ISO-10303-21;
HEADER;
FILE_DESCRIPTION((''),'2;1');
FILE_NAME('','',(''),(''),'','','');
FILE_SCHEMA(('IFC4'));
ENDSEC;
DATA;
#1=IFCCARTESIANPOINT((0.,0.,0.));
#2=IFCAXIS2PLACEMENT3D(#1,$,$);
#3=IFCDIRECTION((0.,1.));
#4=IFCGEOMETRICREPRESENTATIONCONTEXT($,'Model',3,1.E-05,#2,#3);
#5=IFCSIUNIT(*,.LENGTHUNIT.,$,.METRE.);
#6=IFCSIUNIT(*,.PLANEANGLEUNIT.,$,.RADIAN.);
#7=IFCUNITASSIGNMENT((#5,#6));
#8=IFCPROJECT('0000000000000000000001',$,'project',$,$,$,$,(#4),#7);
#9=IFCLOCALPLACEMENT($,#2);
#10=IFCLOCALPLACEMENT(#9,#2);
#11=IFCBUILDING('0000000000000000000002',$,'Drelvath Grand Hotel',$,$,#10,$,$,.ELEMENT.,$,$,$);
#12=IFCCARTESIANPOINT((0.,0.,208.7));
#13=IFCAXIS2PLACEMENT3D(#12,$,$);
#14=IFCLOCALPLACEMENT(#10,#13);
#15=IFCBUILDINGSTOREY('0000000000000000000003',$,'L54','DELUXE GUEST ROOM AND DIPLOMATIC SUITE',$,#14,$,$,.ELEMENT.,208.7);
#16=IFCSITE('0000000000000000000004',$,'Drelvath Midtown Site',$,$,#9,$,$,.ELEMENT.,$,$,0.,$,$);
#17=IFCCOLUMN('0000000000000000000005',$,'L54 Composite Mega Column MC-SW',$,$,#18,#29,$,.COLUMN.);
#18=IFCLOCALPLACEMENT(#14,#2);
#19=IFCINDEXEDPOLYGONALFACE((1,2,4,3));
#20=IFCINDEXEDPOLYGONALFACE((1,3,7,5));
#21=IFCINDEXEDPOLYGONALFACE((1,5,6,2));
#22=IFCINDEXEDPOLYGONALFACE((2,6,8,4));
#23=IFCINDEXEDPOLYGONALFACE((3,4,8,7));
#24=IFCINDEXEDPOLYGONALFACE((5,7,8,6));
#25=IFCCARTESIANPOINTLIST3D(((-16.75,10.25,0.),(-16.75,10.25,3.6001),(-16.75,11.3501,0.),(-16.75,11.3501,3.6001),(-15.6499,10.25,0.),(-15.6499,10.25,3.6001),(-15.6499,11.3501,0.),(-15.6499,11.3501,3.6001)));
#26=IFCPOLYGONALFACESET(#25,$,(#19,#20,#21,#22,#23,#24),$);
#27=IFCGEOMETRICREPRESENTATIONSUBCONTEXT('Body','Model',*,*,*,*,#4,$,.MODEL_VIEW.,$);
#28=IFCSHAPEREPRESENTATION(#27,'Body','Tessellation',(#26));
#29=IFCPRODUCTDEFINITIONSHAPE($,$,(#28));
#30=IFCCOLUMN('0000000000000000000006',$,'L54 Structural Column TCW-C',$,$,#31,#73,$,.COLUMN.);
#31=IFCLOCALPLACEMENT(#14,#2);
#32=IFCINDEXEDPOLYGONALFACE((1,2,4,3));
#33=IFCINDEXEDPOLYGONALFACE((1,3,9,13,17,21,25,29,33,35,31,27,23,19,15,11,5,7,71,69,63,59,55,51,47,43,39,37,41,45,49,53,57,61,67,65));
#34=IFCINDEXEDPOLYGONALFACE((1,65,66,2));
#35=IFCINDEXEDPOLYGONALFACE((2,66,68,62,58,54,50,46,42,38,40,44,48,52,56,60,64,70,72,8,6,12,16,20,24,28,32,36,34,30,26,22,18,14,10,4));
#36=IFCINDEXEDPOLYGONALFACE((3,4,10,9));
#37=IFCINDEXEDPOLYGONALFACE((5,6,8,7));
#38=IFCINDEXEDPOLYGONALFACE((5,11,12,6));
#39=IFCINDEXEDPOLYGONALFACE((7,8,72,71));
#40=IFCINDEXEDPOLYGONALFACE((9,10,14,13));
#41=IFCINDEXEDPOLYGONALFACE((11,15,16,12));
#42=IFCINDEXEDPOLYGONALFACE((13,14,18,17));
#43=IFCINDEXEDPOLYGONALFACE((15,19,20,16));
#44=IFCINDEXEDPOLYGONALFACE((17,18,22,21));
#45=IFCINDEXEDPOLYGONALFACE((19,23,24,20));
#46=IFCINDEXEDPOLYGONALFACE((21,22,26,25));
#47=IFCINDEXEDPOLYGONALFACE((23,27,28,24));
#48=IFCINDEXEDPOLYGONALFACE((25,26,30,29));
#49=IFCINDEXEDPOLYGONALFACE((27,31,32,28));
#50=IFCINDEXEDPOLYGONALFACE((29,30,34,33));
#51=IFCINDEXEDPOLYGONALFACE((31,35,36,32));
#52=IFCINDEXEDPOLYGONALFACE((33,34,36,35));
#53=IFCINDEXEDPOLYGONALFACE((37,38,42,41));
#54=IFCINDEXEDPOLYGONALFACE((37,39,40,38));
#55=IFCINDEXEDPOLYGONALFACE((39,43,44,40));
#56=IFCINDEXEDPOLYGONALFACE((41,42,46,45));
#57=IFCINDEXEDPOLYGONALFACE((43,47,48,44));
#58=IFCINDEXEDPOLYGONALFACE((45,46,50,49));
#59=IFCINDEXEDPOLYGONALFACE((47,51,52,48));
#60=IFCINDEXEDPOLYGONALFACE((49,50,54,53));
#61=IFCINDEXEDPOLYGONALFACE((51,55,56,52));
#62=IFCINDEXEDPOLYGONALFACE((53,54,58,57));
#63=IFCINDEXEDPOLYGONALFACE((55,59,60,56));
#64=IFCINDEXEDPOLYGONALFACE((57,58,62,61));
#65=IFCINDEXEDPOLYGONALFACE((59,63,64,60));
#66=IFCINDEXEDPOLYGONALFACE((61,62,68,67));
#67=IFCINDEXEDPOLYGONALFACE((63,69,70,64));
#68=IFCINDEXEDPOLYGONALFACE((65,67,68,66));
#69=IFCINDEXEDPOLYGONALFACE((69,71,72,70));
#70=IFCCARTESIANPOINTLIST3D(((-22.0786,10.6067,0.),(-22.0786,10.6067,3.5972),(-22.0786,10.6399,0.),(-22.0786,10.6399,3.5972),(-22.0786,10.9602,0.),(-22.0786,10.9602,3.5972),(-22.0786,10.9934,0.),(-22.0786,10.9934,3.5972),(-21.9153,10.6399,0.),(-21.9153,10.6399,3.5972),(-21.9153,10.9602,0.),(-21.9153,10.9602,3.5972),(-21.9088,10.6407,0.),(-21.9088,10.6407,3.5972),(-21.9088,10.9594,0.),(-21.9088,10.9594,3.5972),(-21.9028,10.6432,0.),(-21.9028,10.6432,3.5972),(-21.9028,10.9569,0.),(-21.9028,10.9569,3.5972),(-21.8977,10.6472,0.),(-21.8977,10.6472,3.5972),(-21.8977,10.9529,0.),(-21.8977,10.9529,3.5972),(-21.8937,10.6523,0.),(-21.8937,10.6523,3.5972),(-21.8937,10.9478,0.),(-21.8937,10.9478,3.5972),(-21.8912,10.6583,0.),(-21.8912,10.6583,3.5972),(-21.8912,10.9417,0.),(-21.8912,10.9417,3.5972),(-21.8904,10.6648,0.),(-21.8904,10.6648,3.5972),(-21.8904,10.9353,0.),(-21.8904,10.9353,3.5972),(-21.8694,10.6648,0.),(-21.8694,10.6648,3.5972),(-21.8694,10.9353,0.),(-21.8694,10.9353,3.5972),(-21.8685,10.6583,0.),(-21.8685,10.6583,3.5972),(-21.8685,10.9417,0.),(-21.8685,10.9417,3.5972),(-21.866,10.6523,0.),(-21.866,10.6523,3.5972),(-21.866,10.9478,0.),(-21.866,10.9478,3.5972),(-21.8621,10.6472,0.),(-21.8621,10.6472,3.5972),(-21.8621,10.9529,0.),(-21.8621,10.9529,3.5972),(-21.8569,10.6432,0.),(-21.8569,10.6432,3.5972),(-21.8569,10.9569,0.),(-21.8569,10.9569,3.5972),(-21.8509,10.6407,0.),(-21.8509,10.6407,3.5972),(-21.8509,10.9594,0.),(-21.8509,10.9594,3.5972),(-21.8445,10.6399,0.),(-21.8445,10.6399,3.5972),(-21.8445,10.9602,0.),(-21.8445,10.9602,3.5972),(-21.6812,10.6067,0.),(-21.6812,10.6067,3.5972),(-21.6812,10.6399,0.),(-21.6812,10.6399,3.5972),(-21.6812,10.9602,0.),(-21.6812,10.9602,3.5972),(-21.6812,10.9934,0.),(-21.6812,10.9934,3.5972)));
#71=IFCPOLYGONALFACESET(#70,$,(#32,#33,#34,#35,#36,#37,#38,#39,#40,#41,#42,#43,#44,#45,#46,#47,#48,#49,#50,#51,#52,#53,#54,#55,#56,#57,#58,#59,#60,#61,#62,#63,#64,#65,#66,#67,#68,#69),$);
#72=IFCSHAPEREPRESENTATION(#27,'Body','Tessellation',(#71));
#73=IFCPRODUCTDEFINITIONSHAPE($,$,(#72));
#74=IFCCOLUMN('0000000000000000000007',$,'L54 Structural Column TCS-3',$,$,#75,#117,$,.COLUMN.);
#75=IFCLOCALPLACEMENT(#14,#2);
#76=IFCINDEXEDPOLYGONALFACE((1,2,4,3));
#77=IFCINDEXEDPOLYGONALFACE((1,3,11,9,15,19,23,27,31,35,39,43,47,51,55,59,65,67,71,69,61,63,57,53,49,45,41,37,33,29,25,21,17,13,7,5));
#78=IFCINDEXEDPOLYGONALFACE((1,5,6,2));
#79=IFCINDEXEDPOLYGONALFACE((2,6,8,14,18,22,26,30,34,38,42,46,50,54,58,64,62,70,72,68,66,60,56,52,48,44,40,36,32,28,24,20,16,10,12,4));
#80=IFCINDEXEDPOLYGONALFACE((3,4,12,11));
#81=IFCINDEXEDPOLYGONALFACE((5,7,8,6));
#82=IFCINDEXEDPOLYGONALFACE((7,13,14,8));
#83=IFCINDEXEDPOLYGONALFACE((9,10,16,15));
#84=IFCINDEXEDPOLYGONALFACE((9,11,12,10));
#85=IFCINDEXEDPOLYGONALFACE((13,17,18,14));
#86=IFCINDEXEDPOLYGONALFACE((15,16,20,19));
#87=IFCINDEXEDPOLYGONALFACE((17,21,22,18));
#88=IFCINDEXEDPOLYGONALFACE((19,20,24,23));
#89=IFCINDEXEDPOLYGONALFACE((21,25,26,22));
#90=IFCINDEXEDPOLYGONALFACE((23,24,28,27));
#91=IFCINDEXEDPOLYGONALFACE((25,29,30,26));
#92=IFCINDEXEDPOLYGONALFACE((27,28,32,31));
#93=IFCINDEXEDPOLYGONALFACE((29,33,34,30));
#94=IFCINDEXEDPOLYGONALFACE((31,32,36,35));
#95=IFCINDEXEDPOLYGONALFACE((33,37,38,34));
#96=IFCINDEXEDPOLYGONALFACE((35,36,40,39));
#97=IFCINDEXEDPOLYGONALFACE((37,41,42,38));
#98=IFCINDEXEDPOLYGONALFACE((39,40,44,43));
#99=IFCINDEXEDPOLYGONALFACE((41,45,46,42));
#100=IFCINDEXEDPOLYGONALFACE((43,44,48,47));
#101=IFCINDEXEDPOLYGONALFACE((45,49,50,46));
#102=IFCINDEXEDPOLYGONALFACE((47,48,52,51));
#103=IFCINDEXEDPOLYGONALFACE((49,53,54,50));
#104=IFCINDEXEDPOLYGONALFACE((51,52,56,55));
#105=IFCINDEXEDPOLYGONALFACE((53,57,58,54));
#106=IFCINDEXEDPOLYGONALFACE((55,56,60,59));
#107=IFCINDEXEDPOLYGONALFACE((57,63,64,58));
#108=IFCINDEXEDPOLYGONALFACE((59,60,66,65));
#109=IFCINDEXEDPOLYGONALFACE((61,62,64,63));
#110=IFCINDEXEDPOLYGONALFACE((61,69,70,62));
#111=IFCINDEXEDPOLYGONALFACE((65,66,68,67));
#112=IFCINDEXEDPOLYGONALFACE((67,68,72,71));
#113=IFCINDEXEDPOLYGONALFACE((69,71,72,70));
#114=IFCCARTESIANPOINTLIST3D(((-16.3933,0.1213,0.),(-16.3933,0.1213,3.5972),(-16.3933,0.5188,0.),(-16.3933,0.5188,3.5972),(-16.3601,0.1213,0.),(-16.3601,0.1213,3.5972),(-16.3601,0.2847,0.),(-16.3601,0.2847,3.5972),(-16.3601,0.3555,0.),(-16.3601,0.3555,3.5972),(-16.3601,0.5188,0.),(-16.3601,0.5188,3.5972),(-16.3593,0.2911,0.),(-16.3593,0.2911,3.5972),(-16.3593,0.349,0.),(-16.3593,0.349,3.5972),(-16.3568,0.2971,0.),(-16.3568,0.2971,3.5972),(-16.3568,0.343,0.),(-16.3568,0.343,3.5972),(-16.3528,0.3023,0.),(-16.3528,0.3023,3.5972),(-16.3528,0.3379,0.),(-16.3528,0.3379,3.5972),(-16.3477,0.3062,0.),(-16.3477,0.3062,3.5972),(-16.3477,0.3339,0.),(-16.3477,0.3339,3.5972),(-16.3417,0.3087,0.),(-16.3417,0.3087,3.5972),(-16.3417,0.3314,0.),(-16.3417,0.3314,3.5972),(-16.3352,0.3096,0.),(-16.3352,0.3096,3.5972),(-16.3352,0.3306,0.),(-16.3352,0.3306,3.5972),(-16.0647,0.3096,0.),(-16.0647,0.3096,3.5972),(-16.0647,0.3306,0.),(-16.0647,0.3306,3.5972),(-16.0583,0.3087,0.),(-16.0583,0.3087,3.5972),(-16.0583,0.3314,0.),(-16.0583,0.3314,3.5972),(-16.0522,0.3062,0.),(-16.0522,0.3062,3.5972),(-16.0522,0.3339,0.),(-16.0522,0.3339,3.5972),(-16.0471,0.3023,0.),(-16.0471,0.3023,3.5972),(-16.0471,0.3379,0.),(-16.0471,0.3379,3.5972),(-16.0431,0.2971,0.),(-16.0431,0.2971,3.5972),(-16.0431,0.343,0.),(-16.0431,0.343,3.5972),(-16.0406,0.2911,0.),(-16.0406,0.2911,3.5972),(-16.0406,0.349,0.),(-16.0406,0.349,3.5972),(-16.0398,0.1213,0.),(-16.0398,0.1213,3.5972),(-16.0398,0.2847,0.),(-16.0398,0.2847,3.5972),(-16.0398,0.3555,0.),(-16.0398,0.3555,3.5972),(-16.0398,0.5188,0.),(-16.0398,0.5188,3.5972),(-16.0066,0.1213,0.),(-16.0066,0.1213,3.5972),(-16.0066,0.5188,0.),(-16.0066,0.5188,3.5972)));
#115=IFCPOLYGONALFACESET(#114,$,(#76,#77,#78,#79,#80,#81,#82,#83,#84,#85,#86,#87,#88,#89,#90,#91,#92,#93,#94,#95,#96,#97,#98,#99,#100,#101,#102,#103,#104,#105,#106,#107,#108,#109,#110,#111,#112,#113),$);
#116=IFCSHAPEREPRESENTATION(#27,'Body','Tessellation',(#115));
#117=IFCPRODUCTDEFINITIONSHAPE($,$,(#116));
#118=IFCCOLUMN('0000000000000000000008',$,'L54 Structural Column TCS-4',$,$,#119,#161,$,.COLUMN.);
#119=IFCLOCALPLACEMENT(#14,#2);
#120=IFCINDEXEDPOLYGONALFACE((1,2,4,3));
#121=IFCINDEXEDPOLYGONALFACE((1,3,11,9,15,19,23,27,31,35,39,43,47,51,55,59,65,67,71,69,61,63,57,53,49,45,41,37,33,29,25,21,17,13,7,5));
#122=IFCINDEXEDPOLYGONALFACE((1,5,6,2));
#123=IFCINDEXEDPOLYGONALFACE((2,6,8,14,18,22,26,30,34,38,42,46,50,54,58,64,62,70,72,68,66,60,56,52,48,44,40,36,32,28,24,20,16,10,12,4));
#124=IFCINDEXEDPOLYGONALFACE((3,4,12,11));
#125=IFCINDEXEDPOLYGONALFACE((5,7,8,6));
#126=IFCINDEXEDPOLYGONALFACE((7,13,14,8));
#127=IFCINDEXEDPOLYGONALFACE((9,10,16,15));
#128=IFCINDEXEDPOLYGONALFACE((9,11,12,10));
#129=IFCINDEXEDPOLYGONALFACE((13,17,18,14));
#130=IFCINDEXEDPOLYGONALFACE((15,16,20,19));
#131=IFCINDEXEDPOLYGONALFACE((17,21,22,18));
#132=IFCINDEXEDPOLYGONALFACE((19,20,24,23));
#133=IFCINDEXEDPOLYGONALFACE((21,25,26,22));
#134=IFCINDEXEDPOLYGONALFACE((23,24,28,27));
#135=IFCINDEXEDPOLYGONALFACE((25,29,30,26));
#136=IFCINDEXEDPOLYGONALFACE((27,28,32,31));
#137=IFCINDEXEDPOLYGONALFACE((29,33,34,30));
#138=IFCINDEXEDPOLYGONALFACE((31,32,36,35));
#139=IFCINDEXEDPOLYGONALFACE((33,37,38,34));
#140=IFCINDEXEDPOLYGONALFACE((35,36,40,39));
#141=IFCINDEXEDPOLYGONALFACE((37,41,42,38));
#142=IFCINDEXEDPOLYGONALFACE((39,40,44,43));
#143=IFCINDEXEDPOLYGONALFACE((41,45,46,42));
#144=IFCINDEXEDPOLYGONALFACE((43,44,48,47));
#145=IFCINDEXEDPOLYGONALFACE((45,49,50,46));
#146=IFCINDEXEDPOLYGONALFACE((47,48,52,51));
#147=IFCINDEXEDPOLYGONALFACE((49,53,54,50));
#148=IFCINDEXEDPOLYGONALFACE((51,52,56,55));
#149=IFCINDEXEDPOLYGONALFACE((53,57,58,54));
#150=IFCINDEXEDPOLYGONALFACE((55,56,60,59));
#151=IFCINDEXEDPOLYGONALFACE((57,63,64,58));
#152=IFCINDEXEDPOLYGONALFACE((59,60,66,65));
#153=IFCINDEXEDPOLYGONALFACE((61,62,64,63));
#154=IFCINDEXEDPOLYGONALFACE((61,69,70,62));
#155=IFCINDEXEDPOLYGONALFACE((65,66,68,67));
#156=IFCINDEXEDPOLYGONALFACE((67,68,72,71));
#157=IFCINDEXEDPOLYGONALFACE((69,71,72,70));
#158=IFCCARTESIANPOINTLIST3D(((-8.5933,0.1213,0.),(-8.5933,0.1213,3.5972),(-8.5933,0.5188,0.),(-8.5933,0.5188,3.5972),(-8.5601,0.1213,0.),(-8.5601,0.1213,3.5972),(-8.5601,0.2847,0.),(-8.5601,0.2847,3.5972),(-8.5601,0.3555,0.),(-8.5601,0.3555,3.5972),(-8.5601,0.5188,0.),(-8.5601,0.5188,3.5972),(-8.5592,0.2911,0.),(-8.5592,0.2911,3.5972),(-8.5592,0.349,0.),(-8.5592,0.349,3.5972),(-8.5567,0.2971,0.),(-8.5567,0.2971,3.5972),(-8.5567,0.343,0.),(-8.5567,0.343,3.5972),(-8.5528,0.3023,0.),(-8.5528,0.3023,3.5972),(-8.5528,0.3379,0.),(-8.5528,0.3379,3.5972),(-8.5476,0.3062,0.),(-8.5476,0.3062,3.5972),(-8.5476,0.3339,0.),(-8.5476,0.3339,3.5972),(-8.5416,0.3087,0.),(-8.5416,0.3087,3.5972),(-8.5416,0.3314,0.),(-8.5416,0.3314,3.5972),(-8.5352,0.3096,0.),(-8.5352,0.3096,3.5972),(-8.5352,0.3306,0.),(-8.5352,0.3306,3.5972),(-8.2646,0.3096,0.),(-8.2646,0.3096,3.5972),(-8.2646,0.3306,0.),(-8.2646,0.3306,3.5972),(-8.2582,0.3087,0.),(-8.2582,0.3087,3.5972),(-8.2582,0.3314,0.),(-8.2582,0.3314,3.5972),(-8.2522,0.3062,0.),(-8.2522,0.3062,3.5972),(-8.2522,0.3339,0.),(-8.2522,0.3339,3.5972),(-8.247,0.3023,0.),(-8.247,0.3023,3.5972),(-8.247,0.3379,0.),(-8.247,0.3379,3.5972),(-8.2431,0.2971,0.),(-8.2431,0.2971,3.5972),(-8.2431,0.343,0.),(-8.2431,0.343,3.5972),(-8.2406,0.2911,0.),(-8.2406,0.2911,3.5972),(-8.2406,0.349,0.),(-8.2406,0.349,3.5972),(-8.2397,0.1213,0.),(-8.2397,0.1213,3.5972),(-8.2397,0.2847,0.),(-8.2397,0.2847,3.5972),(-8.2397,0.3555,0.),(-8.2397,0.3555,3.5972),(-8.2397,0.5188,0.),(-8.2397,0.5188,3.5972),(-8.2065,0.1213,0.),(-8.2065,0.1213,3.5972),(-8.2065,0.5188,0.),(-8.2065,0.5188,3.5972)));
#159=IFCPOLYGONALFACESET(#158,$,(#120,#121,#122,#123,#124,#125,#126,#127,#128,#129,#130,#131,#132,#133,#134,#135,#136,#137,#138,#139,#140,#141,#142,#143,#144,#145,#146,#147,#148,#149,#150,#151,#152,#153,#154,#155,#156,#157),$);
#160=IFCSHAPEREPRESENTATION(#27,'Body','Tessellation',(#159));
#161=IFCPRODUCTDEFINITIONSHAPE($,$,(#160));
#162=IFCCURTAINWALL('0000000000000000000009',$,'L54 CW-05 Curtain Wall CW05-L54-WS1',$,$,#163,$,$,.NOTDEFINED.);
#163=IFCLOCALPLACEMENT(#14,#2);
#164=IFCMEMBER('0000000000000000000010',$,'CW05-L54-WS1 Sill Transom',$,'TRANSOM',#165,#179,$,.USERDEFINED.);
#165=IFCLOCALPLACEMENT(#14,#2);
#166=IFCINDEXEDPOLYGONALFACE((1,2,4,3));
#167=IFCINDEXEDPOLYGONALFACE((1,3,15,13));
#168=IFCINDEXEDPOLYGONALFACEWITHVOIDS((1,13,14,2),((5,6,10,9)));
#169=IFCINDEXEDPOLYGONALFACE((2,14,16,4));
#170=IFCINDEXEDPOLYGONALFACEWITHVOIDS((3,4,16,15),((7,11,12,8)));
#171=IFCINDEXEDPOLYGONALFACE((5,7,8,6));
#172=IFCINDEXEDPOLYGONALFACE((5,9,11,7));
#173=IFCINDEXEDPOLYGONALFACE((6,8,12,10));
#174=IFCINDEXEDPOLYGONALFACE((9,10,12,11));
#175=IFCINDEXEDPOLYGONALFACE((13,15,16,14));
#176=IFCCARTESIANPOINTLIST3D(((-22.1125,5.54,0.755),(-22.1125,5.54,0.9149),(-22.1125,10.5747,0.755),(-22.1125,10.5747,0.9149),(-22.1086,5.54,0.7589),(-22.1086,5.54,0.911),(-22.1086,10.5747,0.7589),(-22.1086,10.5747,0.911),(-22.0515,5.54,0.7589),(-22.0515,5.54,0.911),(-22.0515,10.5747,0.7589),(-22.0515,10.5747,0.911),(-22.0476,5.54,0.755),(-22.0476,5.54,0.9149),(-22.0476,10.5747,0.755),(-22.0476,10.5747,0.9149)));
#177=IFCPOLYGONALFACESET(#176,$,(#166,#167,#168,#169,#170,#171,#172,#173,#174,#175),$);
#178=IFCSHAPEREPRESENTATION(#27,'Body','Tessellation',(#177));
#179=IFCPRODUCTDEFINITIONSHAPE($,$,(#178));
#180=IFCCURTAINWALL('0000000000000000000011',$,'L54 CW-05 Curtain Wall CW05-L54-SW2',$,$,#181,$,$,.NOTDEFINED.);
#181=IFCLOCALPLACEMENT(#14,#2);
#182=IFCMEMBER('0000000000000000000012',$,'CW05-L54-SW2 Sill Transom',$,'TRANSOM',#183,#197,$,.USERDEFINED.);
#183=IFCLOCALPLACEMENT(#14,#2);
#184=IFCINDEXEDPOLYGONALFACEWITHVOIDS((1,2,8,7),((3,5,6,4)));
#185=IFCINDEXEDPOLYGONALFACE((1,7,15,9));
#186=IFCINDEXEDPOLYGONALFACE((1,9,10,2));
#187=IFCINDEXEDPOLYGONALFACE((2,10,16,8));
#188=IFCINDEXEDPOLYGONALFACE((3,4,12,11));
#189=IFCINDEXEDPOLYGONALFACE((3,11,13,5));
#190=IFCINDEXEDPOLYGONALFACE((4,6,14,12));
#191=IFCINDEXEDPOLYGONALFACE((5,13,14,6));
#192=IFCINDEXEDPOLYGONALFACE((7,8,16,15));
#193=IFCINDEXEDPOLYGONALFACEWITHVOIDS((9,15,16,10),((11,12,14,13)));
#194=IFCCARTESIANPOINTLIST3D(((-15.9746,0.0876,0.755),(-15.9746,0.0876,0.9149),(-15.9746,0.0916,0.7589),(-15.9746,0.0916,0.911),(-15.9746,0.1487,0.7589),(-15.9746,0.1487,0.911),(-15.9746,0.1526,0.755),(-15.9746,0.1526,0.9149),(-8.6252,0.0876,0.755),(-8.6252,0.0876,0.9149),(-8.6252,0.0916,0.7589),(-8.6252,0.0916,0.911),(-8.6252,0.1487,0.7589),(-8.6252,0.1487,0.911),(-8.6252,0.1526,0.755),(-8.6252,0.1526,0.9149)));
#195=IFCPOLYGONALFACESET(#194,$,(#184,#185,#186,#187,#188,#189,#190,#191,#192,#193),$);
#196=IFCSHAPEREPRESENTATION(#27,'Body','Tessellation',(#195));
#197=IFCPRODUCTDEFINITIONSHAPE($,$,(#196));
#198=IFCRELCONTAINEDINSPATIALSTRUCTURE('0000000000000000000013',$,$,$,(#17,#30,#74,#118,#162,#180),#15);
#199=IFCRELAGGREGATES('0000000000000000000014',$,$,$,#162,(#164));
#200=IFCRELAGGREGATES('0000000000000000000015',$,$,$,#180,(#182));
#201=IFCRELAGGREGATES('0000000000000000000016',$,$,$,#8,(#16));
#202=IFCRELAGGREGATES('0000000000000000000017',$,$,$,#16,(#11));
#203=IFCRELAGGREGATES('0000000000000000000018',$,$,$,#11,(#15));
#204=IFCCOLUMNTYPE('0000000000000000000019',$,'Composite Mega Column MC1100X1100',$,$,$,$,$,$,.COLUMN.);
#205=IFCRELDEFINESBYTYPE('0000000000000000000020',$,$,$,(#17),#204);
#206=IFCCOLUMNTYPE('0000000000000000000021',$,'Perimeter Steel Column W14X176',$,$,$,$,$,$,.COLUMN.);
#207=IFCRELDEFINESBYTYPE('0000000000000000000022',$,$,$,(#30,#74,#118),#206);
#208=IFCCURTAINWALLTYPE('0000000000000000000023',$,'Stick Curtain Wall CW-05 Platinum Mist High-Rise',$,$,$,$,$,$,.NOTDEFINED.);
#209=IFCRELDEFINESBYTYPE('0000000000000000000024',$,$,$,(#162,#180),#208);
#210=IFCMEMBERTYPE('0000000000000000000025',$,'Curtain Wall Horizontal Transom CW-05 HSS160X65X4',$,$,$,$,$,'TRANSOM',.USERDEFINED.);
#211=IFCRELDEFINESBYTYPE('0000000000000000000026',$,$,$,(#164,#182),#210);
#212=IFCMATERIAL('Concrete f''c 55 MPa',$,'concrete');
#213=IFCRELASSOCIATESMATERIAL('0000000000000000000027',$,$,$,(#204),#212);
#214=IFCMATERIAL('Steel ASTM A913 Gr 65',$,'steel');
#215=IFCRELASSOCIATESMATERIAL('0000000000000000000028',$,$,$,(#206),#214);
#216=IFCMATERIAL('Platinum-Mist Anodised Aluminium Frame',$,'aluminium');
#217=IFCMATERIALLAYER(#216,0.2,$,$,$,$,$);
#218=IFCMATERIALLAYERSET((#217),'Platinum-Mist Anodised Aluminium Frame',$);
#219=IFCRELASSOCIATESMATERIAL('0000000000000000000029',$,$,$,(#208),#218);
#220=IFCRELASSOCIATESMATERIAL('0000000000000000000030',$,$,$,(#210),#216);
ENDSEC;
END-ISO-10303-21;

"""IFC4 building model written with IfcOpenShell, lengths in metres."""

from ifc_helpers import new_model, si_unit, direction, frame, origin, origin_2d, place, context, subcontext, project, spatial, rectangle, hollow_rectangle, i_section, extrude, material, layer, layer_set, material_profile, profile_set, type_object, element, aggregate, save


model = new_model("IFC4")

# Units and contexts
model_context = context("Model", 3, precision=1e-05, world=origin(), true_north=direction((0.0, 1.0)))
body_context = subcontext(model_context, "Body", "Model", "MODEL_VIEW")
ifc_project = project(units=[si_unit("LENGTHUNIT", "METRE"), si_unit("PLANEANGLEUNIT", "RADIAN")], contexts=[model_context])

# Site, building, storey
site_placement = place(None, origin())
site = spatial("IfcSite", under=ifc_project, at=site_placement, Name="Drelvath Midtown Site", CompositionType="ELEMENT", RefElevation=0.0)
building_placement = place(site_placement, origin())
building = spatial("IfcBuilding", under=site, at=building_placement, Name="Drelvath Grand Hotel", CompositionType="ELEMENT")
storey_placement = place(building_placement, frame((0.0, 0.0, 208.7)))
storey = spatial("IfcBuildingStorey", under=building, at=storey_placement, Name="L54", Description="DELUXE GUEST ROOM AND DIPLOMATIC SUITE", CompositionType="ELEMENT", Elevation=208.7)

# Columns
ifc_material_1 = material(Name="Concrete f'c 55 MPa", Category="concrete")
ifc_material_profile_1 = material_profile(ifc_material_1, rectangle(XDim=1.1001, YDim=1.1001, at=origin_2d()), Name="MC1100X1100")
ifc_profile_set_1 = profile_set([ifc_material_profile_1], Name="Concrete f'c 55 MPa")
column_type_1 = type_object("IfcColumnType", Name="Composite Mega Column MC1100X1100", PredefinedType="COLUMN", material=ifc_profile_set_1)
column_placement = place(storey_placement, frame((-16.2, 10.8, 0.0), z_axis=(0.0, 0.0, 1.0), x_axis=(1.0, 0.0, 0.0)))
element("IfcColumn", 1, at=column_placement, inside=storey, type_object=column_type_1, Name="L54 Composite Mega Column MC-SW", PredefinedType="COLUMN", context=body_context, shape_type="SweptSolid", body=[
    extrude(rectangle(XDim=1.1001, YDim=1.1001, at=origin_2d()), origin(), (0.0, 0.0, 1.0), 3.6001),
])
ifc_material_2 = material(Name="Steel ASTM A913 Gr 65", Category="steel")
ifc_material_profile_2 = material_profile(ifc_material_2, i_section(OverallWidth=0.3975, OverallDepth=0.3867, WebThickness=0.021, FlangeThickness=0.0332, FilletRadius=0.0249, at=origin_2d()), Name="W14X176")
ifc_profile_set_2 = profile_set([ifc_material_profile_2], Name="Steel ASTM A913 Gr 65")
column_type_2 = type_object("IfcColumnType", Name="Perimeter Steel Column W14X176", PredefinedType="COLUMN", material=ifc_profile_set_2)
for number, where, z_axis, x_axis, name in (
    (2, (-21.8799, 10.8, 0.0), (0.0, 0.0, 1.0), (1.0, 0.0, 0.0), "L54 Structural Column TCW-C"),
    (3, (-16.2, 0.3201, 0.0), (0.0, 0.0, 1.0), (0.0, 1.0, 0.0), "L54 Structural Column TCS-3"),
    (4, (-8.3999, 0.3201, 0.0), (0.0, 0.0, 1.0), (0.0, 1.0, 0.0), "L54 Structural Column TCS-4"),
):
    element("IfcColumn", number, at=place(storey_placement, frame(where, z_axis=z_axis, x_axis=x_axis)), inside=storey, type_object=column_type_2, Name=name, PredefinedType="COLUMN", context=body_context, shape_type="SweptSolid", body=[
        extrude(i_section(OverallWidth=0.3975, OverallDepth=0.3867, WebThickness=0.021, FlangeThickness=0.0332, FilletRadius=0.0249, at=origin_2d()), origin(), (0.0, 0.0, 1.0), 3.5972),
    ])

# Curtain walls, members
ifc_material_3 = material(Name="Platinum-Mist Anodised Aluminium Frame", Category="aluminium")
ifc_layer_1 = layer(ifc_material_3, 0.2)
ifc_layer_set_1 = layer_set([ifc_layer_1], Name="Platinum-Mist Anodised Aluminium Frame")
curtain_wall_type = type_object("IfcCurtainWallType", Name="Stick Curtain Wall CW-05 Platinum Mist High-Rise", PredefinedType="NOTDEFINED", material=ifc_layer_set_1)
curtain_wall_1_placement = place(storey_placement, origin())
curtain_wall_1 = element("IfcCurtainWall", 5, at=curtain_wall_1_placement, inside=storey, type_object=curtain_wall_type, Name="L54 CW-05 Curtain Wall CW05-L54-WS1", PredefinedType="NOTDEFINED")
ifc_material_profile_3 = material_profile(ifc_material_3, hollow_rectangle(XDim=0.0649, YDim=0.1599, WallThickness=0.0039, at=origin_2d()), Name="HSS160X65X4")
ifc_profile_set_3 = profile_set([ifc_material_profile_3], Name="Platinum-Mist Anodised Aluminium Frame")
member_type_1 = type_object("IfcMemberType", Name="Curtain Wall Horizontal Transom CW-05 HSS160X65X4", ElementType="TRANSOM", PredefinedType="USERDEFINED", material=ifc_profile_set_3)
member_1_placement = place(storey_placement, frame((-22.0801, 5.54, 0.835), z_axis=(0.0, 1.0, 0.0), x_axis=(-1.0, 0.0, 0.0)))
member_1 = element("IfcMember", 6, at=member_1_placement, type_object=member_type_1, Name="CW05-L54-WS1 Sill Transom", ObjectType="TRANSOM", PredefinedType="USERDEFINED", context=body_context, shape_type="SweptSolid", body=[
    extrude(hollow_rectangle(XDim=0.0649, YDim=0.1599, WallThickness=0.0039, at=origin_2d()), origin(), (0.0, 0.0, 1.0), 5.0347),
])
curtain_wall_2_placement = place(storey_placement, origin())
curtain_wall_2 = element("IfcCurtainWall", 7, at=curtain_wall_2_placement, inside=storey, type_object=curtain_wall_type, Name="L54 CW-05 Curtain Wall CW05-L54-SW2", PredefinedType="NOTDEFINED")
member_2_placement = place(storey_placement, frame((-8.6252, 0.1201, 0.835), z_axis=(-1.0, 0.0, 0.0), x_axis=(0.0, -1.0, 0.0)))
member_2 = element("IfcMember", 8, at=member_2_placement, type_object=member_type_1, Name="CW05-L54-SW2 Sill Transom", ObjectType="TRANSOM", PredefinedType="USERDEFINED", context=body_context, shape_type="SweptSolid", body=[
    extrude(hollow_rectangle(XDim=0.0649, YDim=0.1599, WallThickness=0.0039, at=origin_2d()), origin(), (0.0, 0.0, 1.0), 7.3494),
])

aggregate(curtain_wall_1, [member_1])
aggregate(curtain_wall_2, [member_2])

save(model, "model.ifc")
